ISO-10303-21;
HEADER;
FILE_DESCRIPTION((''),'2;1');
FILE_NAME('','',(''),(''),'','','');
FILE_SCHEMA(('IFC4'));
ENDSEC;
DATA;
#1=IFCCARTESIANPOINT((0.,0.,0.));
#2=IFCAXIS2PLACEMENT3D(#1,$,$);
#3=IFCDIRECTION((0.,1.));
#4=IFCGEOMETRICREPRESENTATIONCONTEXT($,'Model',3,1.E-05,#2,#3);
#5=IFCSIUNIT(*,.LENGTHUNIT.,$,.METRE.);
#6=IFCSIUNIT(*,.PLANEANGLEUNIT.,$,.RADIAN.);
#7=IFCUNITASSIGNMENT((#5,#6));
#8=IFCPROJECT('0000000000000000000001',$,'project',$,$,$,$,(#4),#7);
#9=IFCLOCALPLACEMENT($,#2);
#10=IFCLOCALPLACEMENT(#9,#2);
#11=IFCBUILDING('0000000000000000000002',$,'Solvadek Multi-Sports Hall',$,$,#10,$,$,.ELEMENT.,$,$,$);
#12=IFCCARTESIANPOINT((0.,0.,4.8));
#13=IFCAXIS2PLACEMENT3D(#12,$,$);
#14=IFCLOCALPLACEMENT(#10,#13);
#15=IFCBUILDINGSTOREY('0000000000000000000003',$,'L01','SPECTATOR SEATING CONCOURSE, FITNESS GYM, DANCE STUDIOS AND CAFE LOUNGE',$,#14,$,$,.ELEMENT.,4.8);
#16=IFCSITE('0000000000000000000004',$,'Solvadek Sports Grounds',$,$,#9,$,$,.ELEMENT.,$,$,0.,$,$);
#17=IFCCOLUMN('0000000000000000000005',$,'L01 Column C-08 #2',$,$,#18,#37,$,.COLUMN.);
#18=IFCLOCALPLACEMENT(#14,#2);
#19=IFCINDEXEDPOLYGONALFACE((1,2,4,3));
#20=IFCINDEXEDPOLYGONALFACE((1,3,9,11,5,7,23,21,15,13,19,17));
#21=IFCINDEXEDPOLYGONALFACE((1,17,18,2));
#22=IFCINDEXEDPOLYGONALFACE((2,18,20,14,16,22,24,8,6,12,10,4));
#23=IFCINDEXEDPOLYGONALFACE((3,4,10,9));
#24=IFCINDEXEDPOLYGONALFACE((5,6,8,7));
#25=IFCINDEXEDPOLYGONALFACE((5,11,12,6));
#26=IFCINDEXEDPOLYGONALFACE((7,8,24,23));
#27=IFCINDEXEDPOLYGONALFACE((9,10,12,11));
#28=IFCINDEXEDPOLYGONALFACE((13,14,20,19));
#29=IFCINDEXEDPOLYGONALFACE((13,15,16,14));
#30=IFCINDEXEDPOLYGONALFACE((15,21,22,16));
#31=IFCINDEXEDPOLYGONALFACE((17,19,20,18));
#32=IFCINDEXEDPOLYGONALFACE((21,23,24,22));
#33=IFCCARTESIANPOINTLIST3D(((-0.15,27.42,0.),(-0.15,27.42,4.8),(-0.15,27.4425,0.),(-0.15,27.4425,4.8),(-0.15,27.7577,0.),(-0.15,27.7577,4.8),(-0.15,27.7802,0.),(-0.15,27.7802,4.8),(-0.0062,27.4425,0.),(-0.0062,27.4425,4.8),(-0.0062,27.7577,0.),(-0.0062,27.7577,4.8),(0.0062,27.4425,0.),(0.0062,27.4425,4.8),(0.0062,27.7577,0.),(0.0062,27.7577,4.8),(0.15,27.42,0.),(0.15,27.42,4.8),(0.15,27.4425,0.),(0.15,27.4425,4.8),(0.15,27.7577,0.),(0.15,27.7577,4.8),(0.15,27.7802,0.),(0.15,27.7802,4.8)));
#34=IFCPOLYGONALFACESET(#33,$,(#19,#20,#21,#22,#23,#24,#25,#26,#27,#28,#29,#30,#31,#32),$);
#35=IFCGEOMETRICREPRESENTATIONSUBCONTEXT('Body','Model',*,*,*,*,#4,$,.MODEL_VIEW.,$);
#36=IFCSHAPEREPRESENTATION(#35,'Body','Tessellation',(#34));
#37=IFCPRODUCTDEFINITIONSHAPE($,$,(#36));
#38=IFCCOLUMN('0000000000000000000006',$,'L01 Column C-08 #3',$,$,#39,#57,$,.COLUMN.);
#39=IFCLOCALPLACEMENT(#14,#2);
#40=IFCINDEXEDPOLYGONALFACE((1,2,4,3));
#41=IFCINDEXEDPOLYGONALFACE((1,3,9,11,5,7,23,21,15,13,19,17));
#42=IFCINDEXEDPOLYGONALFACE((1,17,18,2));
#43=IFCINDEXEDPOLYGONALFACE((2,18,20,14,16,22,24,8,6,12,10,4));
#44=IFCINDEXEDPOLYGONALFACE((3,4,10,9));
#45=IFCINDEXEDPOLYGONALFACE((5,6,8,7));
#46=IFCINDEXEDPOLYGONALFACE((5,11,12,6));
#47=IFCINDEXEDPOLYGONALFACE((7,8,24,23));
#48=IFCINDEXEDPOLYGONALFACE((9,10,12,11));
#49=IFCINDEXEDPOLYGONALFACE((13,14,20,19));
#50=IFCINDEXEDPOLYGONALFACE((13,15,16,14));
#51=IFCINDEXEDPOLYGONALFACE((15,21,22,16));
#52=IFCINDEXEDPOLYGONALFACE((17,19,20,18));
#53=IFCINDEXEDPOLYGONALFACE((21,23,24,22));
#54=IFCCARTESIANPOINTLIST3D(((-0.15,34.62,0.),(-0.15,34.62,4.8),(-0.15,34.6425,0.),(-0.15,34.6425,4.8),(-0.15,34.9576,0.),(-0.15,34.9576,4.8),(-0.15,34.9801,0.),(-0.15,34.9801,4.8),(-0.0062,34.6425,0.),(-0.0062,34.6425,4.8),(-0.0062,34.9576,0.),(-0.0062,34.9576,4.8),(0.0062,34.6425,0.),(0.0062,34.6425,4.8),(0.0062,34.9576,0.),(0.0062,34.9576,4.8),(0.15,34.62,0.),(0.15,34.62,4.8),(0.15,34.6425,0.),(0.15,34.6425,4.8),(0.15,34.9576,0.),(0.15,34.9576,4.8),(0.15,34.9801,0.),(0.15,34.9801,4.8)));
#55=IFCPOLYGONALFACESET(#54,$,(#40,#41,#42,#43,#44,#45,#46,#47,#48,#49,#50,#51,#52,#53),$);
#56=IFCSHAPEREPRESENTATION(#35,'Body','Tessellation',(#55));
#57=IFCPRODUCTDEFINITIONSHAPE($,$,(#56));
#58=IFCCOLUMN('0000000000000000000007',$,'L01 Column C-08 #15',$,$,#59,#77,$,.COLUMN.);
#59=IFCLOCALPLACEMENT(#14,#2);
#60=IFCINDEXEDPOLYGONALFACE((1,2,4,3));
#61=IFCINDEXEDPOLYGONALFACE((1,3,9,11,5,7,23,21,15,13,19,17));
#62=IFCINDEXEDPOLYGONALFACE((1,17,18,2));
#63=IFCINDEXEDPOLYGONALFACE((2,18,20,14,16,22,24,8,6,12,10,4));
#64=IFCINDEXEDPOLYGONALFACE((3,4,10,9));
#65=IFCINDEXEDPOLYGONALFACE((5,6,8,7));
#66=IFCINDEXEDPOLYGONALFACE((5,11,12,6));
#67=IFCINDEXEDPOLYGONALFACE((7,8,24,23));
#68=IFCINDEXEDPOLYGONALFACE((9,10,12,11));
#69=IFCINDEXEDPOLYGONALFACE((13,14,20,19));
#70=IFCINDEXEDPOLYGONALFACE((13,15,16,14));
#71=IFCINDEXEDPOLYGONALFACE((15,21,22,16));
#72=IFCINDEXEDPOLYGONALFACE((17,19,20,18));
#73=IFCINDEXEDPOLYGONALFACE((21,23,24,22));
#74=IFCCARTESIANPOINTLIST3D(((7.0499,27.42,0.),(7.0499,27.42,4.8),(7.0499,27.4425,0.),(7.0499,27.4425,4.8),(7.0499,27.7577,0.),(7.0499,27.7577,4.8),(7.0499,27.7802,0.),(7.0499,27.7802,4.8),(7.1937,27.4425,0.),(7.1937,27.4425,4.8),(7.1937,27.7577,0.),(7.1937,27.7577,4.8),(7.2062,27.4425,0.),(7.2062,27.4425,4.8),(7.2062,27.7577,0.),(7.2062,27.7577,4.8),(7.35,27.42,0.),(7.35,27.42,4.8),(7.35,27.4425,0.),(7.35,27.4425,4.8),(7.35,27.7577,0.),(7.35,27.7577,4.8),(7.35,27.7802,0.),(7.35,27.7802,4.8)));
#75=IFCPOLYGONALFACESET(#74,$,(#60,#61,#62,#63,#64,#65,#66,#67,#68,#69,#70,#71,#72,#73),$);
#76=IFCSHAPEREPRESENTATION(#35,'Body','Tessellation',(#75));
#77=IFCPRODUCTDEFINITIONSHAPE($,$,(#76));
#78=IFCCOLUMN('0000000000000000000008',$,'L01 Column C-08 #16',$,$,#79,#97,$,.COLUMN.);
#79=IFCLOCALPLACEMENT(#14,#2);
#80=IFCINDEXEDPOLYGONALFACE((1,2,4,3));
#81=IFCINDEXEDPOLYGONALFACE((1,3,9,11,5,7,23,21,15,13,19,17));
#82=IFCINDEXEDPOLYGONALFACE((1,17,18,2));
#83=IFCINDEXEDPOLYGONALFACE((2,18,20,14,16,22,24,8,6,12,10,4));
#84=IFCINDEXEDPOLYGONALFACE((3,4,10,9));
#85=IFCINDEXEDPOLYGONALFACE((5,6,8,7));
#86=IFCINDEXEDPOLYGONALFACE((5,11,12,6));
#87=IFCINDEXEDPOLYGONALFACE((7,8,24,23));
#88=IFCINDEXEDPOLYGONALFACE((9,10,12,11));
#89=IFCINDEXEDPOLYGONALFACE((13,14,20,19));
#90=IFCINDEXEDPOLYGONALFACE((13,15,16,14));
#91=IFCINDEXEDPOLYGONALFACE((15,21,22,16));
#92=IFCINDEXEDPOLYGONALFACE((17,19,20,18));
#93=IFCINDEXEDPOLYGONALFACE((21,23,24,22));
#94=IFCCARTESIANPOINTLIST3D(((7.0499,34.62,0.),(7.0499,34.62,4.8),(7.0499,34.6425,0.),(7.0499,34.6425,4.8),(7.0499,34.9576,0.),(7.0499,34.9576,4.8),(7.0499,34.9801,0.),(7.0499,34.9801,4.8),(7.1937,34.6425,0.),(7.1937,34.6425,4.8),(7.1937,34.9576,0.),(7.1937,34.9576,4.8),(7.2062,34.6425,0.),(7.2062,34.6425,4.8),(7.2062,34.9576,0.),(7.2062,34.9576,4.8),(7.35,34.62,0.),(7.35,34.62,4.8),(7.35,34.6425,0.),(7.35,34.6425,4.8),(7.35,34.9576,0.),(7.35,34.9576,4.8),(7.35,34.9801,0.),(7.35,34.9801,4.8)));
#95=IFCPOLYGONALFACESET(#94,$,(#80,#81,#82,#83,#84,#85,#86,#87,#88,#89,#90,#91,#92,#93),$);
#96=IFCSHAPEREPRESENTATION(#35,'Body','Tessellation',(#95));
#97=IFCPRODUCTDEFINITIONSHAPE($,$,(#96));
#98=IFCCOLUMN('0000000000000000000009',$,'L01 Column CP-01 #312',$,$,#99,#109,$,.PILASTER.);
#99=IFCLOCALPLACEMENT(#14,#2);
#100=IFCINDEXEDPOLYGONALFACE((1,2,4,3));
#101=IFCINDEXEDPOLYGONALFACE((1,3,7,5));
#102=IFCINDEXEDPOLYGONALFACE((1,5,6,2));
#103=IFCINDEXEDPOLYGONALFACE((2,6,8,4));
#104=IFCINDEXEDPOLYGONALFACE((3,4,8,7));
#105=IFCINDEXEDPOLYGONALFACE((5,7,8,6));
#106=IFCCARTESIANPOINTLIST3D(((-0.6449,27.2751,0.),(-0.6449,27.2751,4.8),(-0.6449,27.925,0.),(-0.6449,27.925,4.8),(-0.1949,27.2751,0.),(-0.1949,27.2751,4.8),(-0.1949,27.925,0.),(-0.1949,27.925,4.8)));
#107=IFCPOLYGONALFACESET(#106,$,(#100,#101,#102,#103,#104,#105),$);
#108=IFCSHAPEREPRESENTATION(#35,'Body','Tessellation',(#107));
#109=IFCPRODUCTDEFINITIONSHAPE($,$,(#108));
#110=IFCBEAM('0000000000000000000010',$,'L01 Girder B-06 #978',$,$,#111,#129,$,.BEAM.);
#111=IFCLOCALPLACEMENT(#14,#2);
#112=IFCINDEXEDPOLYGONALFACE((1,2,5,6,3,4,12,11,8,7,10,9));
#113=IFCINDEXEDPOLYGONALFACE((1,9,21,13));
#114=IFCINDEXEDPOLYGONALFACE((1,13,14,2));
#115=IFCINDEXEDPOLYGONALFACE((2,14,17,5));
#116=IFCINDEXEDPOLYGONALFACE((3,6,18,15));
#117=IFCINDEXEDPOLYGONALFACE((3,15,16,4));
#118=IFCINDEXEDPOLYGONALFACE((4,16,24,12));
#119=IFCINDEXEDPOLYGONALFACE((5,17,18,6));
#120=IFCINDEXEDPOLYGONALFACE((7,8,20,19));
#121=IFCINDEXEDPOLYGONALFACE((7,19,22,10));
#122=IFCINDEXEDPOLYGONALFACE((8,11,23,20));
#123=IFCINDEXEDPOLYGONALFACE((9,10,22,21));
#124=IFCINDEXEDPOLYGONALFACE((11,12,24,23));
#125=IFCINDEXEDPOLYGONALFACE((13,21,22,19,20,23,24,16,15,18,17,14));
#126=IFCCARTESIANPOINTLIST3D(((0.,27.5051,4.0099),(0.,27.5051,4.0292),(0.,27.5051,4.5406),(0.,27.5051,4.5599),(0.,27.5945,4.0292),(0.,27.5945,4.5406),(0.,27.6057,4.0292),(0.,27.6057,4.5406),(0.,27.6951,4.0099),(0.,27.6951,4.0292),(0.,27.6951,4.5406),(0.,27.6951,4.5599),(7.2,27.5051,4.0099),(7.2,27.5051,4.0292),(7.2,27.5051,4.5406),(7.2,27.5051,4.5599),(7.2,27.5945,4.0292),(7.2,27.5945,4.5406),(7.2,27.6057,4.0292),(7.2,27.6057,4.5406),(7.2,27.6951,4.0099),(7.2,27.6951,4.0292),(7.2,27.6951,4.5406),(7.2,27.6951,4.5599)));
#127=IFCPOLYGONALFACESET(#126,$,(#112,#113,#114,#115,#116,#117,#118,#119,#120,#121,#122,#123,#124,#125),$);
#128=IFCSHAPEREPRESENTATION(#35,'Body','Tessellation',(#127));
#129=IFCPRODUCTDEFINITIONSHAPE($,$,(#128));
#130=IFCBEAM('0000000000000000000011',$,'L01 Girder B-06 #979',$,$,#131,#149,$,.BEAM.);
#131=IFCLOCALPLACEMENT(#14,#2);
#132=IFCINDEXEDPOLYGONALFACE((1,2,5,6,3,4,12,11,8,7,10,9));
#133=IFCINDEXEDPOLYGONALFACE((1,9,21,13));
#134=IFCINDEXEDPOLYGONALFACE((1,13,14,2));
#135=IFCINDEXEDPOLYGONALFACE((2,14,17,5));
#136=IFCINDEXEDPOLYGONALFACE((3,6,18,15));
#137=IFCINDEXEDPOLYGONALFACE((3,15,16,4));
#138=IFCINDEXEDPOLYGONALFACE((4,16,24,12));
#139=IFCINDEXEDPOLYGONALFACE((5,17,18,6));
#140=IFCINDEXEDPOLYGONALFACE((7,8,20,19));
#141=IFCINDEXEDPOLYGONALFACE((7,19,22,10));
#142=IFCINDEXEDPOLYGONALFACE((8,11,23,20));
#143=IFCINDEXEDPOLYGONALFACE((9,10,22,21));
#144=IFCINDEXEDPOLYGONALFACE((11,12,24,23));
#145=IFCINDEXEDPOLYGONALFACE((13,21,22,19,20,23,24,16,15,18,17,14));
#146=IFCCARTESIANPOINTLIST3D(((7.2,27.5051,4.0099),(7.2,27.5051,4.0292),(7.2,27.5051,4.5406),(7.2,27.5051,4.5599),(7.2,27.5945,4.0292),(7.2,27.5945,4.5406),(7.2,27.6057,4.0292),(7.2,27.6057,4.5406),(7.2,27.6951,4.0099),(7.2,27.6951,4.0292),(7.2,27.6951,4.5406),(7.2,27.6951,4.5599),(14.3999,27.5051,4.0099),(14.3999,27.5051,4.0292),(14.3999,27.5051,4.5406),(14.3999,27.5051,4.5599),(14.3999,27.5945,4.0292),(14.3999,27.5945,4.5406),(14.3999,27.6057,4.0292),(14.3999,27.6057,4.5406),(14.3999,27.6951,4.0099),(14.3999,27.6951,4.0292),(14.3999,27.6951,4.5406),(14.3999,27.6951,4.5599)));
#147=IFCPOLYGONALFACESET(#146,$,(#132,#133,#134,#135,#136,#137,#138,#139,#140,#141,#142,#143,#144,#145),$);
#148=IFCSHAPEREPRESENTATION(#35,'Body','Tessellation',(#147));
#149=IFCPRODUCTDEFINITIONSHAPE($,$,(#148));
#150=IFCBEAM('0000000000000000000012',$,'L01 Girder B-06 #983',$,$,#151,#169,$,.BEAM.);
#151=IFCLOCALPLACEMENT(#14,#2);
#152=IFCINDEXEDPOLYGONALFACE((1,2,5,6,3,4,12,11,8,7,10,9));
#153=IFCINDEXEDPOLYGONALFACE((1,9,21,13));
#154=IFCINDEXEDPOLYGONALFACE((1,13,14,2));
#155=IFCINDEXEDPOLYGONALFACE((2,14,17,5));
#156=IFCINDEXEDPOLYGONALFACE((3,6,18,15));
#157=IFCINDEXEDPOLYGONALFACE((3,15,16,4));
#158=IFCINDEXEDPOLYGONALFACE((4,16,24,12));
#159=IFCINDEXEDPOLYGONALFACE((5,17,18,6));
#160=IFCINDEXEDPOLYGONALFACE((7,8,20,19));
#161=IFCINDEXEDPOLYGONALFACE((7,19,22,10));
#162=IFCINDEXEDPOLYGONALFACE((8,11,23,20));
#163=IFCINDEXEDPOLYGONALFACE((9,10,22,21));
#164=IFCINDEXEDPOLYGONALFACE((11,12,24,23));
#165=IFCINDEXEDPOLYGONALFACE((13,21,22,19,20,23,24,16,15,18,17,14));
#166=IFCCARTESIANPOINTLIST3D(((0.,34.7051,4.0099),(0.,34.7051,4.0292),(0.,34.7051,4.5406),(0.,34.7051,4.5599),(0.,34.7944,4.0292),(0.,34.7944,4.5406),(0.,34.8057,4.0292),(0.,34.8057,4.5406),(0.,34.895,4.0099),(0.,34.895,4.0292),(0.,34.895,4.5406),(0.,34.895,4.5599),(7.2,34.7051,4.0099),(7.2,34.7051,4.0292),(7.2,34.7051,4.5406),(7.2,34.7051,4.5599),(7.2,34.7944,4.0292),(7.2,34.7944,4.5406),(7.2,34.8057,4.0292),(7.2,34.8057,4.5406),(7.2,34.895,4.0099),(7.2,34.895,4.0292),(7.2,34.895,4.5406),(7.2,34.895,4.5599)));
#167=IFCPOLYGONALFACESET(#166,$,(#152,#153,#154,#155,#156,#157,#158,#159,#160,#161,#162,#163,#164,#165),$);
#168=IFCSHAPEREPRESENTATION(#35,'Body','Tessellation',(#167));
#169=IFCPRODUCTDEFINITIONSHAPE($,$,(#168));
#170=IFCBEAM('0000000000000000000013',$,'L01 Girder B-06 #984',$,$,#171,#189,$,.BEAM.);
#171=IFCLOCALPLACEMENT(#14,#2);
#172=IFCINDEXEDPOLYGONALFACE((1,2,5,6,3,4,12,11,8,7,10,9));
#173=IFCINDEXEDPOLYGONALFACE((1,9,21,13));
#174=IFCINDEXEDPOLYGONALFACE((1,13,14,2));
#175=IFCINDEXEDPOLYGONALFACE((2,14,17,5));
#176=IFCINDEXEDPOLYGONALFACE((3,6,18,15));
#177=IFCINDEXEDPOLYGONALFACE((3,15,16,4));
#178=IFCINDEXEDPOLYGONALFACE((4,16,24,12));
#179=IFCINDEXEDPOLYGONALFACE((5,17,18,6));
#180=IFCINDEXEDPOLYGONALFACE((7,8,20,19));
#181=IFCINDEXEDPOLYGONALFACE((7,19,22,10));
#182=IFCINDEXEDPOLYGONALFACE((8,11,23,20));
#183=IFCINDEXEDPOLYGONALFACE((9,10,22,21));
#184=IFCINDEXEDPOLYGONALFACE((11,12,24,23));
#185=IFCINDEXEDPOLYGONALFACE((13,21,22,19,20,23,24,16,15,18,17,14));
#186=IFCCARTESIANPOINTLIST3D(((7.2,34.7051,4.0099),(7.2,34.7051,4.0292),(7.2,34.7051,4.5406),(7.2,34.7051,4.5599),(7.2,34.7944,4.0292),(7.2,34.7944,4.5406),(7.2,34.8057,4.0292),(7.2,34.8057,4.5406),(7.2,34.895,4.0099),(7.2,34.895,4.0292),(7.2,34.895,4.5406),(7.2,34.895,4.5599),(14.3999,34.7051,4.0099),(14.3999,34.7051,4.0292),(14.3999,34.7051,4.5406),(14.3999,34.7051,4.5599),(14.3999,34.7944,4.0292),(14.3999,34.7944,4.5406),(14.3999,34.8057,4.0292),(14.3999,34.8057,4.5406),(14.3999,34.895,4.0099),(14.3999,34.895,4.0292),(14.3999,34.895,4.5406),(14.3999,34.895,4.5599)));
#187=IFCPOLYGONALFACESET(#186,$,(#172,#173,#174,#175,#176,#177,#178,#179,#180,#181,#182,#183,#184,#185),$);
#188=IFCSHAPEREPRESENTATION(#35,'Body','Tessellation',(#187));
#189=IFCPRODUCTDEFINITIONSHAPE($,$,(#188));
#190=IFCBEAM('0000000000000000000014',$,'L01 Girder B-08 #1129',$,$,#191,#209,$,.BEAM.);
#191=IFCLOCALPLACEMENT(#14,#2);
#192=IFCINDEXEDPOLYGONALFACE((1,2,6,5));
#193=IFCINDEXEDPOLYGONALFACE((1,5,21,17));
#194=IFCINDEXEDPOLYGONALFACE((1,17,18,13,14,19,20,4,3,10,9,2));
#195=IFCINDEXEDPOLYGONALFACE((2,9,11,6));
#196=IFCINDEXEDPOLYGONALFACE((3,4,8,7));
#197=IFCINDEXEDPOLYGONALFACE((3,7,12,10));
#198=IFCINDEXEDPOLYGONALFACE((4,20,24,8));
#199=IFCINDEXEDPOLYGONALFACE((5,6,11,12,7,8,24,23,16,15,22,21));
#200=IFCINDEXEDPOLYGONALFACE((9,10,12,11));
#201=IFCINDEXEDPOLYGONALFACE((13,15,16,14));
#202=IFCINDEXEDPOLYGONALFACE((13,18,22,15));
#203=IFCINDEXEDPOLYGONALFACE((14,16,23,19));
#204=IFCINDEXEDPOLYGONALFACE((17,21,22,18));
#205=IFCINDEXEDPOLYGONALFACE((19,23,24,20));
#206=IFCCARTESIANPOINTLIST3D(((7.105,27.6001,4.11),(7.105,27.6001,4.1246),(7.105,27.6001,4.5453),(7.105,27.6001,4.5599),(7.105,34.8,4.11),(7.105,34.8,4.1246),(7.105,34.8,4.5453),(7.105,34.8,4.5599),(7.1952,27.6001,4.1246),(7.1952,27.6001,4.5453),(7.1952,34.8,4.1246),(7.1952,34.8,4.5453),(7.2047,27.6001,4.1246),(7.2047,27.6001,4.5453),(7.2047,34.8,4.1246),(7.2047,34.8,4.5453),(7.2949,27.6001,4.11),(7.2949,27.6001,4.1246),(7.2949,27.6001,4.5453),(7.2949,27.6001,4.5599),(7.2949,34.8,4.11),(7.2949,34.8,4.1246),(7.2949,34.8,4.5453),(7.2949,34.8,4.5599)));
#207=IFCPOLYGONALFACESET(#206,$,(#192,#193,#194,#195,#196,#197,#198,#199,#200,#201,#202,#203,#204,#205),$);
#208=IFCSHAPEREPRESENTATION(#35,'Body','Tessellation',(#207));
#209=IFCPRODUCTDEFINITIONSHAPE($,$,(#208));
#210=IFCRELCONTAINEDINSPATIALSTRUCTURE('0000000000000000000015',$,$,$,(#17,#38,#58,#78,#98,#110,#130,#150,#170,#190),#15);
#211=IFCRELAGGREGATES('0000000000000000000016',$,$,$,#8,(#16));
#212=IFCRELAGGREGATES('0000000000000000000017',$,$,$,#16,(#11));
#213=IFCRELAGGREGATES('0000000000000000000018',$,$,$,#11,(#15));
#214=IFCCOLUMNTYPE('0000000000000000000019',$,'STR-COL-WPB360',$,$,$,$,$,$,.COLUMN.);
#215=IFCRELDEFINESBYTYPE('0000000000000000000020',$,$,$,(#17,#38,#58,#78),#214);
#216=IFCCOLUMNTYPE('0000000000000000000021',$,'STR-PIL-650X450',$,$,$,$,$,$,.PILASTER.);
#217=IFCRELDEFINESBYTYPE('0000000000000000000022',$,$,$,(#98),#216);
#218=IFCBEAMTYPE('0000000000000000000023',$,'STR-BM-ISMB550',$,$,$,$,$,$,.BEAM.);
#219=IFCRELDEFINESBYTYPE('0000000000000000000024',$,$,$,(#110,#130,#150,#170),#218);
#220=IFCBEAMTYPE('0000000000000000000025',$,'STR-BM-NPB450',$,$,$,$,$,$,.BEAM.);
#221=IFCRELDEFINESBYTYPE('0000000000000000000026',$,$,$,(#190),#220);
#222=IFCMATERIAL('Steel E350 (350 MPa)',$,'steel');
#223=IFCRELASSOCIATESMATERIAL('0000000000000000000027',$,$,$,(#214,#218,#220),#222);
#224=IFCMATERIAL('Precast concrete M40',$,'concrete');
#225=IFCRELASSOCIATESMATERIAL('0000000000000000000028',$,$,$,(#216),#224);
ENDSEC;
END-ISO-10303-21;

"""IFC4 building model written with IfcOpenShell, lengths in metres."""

from ifc_helpers import new_model, si_unit, direction, frame, origin, origin_2d, place, context, subcontext, project, spatial, rectangle, i_section, extrude, material, material_profile, profile_set, type_object, element, save


model = new_model("IFC4")

# Units and contexts
model_context = context("Model", 3, precision=1e-05, world=origin(), true_north=direction((0.0, 1.0)))
body_context = subcontext(model_context, "Body", "Model", "MODEL_VIEW")
ifc_project = project(units=[si_unit("LENGTHUNIT", "METRE"), si_unit("PLANEANGLEUNIT", "RADIAN")], contexts=[model_context])

# Site, building, storey
site_placement = place(None, origin())
site = spatial("IfcSite", under=ifc_project, at=site_placement, Name="Solvadek Sports Grounds", CompositionType="ELEMENT", RefElevation=0.0)
building_placement = place(site_placement, origin())
building = spatial("IfcBuilding", under=site, at=building_placement, Name="Solvadek Multi-Sports Hall", CompositionType="ELEMENT")
storey_placement = place(building_placement, frame((0.0, 0.0, 4.8)))
storey = spatial("IfcBuildingStorey", under=building, at=storey_placement, Name="L01", Description="SPECTATOR SEATING CONCOURSE, FITNESS GYM, DANCE STUDIOS AND CAFE LOUNGE", CompositionType="ELEMENT", Elevation=4.8)

# Columns
ifc_material_1 = material(Name="Steel E350 (350 MPa)", Category="steel")
ifc_material_profile_1 = material_profile(ifc_material_1, i_section(OverallWidth=0.3, OverallDepth=0.3601, WebThickness=0.0125, FlangeThickness=0.0225, at=origin_2d()), Name="WPB 360")
ifc_profile_set_1 = profile_set([ifc_material_profile_1], Name="Steel E350 (350 MPa)")
column_type_1 = type_object("IfcColumnType", Name="STR-COL-WPB360", PredefinedType="COLUMN", material=ifc_profile_set_1)
for number, where, z_axis, x_axis, name in (
    (1, (0.0, 27.6001, 0.0), (0.0, 0.0, 1.0), (1.0, 0.0, 0.0), "L01 Column C-08 #2"),
    (2, (0.0, 34.8, 0.0), (0.0, 0.0, 1.0), (1.0, 0.0, 0.0), "L01 Column C-08 #3"),
    (3, (7.2, 27.6001, 0.0), (0.0, 0.0, 1.0), (1.0, 0.0, 0.0), "L01 Column C-08 #15"),
    (4, (7.2, 34.8, 0.0), (0.0, 0.0, 1.0), (1.0, 0.0, 0.0), "L01 Column C-08 #16"),
):
    element("IfcColumn", number, at=place(storey_placement, frame(where, z_axis=z_axis, x_axis=x_axis)), inside=storey, type_object=column_type_1, Name=name, PredefinedType="COLUMN", context=body_context, shape_type="SweptSolid", body=[
        extrude(i_section(OverallWidth=0.3, OverallDepth=0.3601, WebThickness=0.0125, FlangeThickness=0.0225, at=origin_2d()), origin(), (0.0, 0.0, 1.0), 4.8),
    ])
ifc_material_2 = material(Name="Precast concrete M40", Category="concrete")
ifc_material_profile_2 = material_profile(ifc_material_2, rectangle(XDim=0.45, YDim=0.6499, at=origin_2d()), Name="RC PILASTER 650x450")
ifc_profile_set_2 = profile_set([ifc_material_profile_2], Name="Precast concrete M40")
column_type_2 = type_object("IfcColumnType", Name="STR-PIL-650X450", PredefinedType="PILASTER", material=ifc_profile_set_2)
column_placement = place(storey_placement, frame((-0.4199, 27.6001, 0.0), z_axis=(0.0, 0.0, 1.0), x_axis=(1.0, 0.0, 0.0)))
element("IfcColumn", 5, at=column_placement, inside=storey, type_object=column_type_2, Name="L01 Column CP-01 #312", PredefinedType="PILASTER", context=body_context, shape_type="SweptSolid", body=[
    extrude(rectangle(XDim=0.45, YDim=0.6499, at=origin_2d()), origin(), (0.0, 0.0, 1.0), 4.8),
])

# Beams
ifc_material_profile_3 = material_profile(ifc_material_1, i_section(OverallWidth=0.1899, OverallDepth=0.55, WebThickness=0.0112, FlangeThickness=0.0193, at=origin_2d()), Name="ISMB 550")
ifc_profile_set_3 = profile_set([ifc_material_profile_3], Name="Steel E350 (350 MPa)")
beam_type_1 = type_object("IfcBeamType", Name="STR-BM-ISMB550", PredefinedType="BEAM", material=ifc_profile_set_3)
for number, where, z_axis, x_axis, name in (
    (6, (0.0, 27.6001, 4.2849), (1.0, 0.0, 0.0), (0.0, 1.0, 0.0), "L01 Girder B-06 #978"),
    (7, (7.2, 27.6001, 4.2849), (1.0, 0.0, 0.0), (0.0, 1.0, 0.0), "L01 Girder B-06 #979"),
    (8, (0.0, 34.8, 4.2849), (1.0, 0.0, 0.0), (0.0, 1.0, 0.0), "L01 Girder B-06 #983"),
    (9, (7.2, 34.8, 4.2849), (1.0, 0.0, 0.0), (0.0, 1.0, 0.0), "L01 Girder B-06 #984"),
):
    element("IfcBeam", number, at=place(storey_placement, frame(where, z_axis=z_axis, x_axis=x_axis)), inside=storey, type_object=beam_type_1, Name=name, PredefinedType="BEAM", context=body_context, shape_type="SweptSolid", body=[
        extrude(i_section(OverallWidth=0.1899, OverallDepth=0.55, WebThickness=0.0112, FlangeThickness=0.0193, at=origin_2d()), origin(), (0.0, 0.0, 1.0), 7.2),
    ])
ifc_material_profile_4 = material_profile(ifc_material_1, i_section(OverallWidth=0.1899, OverallDepth=0.45, WebThickness=0.0095, FlangeThickness=0.0146, at=origin_2d()), Name="NPB 450")
ifc_profile_set_4 = profile_set([ifc_material_profile_4], Name="Steel E350 (350 MPa)")
beam_type_2 = type_object("IfcBeamType", Name="STR-BM-NPB450", PredefinedType="BEAM", material=ifc_profile_set_4)
beam_1_placement = place(storey_placement, frame((7.2, 27.6001, 4.335), z_axis=(0.0, 1.0, 0.0), x_axis=(-1.0, 0.0, 0.0)))
element("IfcBeam", 10, at=beam_1_placement, inside=storey, type_object=beam_type_2, Name="L01 Girder B-08 #1129", PredefinedType="BEAM", context=body_context, shape_type="SweptSolid", body=[
    extrude(i_section(OverallWidth=0.1899, OverallDepth=0.45, WebThickness=0.0095, FlangeThickness=0.0146, at=origin_2d()), origin(), (0.0, 0.0, 1.0), 7.2),
])

save(model, "model.ifc")
